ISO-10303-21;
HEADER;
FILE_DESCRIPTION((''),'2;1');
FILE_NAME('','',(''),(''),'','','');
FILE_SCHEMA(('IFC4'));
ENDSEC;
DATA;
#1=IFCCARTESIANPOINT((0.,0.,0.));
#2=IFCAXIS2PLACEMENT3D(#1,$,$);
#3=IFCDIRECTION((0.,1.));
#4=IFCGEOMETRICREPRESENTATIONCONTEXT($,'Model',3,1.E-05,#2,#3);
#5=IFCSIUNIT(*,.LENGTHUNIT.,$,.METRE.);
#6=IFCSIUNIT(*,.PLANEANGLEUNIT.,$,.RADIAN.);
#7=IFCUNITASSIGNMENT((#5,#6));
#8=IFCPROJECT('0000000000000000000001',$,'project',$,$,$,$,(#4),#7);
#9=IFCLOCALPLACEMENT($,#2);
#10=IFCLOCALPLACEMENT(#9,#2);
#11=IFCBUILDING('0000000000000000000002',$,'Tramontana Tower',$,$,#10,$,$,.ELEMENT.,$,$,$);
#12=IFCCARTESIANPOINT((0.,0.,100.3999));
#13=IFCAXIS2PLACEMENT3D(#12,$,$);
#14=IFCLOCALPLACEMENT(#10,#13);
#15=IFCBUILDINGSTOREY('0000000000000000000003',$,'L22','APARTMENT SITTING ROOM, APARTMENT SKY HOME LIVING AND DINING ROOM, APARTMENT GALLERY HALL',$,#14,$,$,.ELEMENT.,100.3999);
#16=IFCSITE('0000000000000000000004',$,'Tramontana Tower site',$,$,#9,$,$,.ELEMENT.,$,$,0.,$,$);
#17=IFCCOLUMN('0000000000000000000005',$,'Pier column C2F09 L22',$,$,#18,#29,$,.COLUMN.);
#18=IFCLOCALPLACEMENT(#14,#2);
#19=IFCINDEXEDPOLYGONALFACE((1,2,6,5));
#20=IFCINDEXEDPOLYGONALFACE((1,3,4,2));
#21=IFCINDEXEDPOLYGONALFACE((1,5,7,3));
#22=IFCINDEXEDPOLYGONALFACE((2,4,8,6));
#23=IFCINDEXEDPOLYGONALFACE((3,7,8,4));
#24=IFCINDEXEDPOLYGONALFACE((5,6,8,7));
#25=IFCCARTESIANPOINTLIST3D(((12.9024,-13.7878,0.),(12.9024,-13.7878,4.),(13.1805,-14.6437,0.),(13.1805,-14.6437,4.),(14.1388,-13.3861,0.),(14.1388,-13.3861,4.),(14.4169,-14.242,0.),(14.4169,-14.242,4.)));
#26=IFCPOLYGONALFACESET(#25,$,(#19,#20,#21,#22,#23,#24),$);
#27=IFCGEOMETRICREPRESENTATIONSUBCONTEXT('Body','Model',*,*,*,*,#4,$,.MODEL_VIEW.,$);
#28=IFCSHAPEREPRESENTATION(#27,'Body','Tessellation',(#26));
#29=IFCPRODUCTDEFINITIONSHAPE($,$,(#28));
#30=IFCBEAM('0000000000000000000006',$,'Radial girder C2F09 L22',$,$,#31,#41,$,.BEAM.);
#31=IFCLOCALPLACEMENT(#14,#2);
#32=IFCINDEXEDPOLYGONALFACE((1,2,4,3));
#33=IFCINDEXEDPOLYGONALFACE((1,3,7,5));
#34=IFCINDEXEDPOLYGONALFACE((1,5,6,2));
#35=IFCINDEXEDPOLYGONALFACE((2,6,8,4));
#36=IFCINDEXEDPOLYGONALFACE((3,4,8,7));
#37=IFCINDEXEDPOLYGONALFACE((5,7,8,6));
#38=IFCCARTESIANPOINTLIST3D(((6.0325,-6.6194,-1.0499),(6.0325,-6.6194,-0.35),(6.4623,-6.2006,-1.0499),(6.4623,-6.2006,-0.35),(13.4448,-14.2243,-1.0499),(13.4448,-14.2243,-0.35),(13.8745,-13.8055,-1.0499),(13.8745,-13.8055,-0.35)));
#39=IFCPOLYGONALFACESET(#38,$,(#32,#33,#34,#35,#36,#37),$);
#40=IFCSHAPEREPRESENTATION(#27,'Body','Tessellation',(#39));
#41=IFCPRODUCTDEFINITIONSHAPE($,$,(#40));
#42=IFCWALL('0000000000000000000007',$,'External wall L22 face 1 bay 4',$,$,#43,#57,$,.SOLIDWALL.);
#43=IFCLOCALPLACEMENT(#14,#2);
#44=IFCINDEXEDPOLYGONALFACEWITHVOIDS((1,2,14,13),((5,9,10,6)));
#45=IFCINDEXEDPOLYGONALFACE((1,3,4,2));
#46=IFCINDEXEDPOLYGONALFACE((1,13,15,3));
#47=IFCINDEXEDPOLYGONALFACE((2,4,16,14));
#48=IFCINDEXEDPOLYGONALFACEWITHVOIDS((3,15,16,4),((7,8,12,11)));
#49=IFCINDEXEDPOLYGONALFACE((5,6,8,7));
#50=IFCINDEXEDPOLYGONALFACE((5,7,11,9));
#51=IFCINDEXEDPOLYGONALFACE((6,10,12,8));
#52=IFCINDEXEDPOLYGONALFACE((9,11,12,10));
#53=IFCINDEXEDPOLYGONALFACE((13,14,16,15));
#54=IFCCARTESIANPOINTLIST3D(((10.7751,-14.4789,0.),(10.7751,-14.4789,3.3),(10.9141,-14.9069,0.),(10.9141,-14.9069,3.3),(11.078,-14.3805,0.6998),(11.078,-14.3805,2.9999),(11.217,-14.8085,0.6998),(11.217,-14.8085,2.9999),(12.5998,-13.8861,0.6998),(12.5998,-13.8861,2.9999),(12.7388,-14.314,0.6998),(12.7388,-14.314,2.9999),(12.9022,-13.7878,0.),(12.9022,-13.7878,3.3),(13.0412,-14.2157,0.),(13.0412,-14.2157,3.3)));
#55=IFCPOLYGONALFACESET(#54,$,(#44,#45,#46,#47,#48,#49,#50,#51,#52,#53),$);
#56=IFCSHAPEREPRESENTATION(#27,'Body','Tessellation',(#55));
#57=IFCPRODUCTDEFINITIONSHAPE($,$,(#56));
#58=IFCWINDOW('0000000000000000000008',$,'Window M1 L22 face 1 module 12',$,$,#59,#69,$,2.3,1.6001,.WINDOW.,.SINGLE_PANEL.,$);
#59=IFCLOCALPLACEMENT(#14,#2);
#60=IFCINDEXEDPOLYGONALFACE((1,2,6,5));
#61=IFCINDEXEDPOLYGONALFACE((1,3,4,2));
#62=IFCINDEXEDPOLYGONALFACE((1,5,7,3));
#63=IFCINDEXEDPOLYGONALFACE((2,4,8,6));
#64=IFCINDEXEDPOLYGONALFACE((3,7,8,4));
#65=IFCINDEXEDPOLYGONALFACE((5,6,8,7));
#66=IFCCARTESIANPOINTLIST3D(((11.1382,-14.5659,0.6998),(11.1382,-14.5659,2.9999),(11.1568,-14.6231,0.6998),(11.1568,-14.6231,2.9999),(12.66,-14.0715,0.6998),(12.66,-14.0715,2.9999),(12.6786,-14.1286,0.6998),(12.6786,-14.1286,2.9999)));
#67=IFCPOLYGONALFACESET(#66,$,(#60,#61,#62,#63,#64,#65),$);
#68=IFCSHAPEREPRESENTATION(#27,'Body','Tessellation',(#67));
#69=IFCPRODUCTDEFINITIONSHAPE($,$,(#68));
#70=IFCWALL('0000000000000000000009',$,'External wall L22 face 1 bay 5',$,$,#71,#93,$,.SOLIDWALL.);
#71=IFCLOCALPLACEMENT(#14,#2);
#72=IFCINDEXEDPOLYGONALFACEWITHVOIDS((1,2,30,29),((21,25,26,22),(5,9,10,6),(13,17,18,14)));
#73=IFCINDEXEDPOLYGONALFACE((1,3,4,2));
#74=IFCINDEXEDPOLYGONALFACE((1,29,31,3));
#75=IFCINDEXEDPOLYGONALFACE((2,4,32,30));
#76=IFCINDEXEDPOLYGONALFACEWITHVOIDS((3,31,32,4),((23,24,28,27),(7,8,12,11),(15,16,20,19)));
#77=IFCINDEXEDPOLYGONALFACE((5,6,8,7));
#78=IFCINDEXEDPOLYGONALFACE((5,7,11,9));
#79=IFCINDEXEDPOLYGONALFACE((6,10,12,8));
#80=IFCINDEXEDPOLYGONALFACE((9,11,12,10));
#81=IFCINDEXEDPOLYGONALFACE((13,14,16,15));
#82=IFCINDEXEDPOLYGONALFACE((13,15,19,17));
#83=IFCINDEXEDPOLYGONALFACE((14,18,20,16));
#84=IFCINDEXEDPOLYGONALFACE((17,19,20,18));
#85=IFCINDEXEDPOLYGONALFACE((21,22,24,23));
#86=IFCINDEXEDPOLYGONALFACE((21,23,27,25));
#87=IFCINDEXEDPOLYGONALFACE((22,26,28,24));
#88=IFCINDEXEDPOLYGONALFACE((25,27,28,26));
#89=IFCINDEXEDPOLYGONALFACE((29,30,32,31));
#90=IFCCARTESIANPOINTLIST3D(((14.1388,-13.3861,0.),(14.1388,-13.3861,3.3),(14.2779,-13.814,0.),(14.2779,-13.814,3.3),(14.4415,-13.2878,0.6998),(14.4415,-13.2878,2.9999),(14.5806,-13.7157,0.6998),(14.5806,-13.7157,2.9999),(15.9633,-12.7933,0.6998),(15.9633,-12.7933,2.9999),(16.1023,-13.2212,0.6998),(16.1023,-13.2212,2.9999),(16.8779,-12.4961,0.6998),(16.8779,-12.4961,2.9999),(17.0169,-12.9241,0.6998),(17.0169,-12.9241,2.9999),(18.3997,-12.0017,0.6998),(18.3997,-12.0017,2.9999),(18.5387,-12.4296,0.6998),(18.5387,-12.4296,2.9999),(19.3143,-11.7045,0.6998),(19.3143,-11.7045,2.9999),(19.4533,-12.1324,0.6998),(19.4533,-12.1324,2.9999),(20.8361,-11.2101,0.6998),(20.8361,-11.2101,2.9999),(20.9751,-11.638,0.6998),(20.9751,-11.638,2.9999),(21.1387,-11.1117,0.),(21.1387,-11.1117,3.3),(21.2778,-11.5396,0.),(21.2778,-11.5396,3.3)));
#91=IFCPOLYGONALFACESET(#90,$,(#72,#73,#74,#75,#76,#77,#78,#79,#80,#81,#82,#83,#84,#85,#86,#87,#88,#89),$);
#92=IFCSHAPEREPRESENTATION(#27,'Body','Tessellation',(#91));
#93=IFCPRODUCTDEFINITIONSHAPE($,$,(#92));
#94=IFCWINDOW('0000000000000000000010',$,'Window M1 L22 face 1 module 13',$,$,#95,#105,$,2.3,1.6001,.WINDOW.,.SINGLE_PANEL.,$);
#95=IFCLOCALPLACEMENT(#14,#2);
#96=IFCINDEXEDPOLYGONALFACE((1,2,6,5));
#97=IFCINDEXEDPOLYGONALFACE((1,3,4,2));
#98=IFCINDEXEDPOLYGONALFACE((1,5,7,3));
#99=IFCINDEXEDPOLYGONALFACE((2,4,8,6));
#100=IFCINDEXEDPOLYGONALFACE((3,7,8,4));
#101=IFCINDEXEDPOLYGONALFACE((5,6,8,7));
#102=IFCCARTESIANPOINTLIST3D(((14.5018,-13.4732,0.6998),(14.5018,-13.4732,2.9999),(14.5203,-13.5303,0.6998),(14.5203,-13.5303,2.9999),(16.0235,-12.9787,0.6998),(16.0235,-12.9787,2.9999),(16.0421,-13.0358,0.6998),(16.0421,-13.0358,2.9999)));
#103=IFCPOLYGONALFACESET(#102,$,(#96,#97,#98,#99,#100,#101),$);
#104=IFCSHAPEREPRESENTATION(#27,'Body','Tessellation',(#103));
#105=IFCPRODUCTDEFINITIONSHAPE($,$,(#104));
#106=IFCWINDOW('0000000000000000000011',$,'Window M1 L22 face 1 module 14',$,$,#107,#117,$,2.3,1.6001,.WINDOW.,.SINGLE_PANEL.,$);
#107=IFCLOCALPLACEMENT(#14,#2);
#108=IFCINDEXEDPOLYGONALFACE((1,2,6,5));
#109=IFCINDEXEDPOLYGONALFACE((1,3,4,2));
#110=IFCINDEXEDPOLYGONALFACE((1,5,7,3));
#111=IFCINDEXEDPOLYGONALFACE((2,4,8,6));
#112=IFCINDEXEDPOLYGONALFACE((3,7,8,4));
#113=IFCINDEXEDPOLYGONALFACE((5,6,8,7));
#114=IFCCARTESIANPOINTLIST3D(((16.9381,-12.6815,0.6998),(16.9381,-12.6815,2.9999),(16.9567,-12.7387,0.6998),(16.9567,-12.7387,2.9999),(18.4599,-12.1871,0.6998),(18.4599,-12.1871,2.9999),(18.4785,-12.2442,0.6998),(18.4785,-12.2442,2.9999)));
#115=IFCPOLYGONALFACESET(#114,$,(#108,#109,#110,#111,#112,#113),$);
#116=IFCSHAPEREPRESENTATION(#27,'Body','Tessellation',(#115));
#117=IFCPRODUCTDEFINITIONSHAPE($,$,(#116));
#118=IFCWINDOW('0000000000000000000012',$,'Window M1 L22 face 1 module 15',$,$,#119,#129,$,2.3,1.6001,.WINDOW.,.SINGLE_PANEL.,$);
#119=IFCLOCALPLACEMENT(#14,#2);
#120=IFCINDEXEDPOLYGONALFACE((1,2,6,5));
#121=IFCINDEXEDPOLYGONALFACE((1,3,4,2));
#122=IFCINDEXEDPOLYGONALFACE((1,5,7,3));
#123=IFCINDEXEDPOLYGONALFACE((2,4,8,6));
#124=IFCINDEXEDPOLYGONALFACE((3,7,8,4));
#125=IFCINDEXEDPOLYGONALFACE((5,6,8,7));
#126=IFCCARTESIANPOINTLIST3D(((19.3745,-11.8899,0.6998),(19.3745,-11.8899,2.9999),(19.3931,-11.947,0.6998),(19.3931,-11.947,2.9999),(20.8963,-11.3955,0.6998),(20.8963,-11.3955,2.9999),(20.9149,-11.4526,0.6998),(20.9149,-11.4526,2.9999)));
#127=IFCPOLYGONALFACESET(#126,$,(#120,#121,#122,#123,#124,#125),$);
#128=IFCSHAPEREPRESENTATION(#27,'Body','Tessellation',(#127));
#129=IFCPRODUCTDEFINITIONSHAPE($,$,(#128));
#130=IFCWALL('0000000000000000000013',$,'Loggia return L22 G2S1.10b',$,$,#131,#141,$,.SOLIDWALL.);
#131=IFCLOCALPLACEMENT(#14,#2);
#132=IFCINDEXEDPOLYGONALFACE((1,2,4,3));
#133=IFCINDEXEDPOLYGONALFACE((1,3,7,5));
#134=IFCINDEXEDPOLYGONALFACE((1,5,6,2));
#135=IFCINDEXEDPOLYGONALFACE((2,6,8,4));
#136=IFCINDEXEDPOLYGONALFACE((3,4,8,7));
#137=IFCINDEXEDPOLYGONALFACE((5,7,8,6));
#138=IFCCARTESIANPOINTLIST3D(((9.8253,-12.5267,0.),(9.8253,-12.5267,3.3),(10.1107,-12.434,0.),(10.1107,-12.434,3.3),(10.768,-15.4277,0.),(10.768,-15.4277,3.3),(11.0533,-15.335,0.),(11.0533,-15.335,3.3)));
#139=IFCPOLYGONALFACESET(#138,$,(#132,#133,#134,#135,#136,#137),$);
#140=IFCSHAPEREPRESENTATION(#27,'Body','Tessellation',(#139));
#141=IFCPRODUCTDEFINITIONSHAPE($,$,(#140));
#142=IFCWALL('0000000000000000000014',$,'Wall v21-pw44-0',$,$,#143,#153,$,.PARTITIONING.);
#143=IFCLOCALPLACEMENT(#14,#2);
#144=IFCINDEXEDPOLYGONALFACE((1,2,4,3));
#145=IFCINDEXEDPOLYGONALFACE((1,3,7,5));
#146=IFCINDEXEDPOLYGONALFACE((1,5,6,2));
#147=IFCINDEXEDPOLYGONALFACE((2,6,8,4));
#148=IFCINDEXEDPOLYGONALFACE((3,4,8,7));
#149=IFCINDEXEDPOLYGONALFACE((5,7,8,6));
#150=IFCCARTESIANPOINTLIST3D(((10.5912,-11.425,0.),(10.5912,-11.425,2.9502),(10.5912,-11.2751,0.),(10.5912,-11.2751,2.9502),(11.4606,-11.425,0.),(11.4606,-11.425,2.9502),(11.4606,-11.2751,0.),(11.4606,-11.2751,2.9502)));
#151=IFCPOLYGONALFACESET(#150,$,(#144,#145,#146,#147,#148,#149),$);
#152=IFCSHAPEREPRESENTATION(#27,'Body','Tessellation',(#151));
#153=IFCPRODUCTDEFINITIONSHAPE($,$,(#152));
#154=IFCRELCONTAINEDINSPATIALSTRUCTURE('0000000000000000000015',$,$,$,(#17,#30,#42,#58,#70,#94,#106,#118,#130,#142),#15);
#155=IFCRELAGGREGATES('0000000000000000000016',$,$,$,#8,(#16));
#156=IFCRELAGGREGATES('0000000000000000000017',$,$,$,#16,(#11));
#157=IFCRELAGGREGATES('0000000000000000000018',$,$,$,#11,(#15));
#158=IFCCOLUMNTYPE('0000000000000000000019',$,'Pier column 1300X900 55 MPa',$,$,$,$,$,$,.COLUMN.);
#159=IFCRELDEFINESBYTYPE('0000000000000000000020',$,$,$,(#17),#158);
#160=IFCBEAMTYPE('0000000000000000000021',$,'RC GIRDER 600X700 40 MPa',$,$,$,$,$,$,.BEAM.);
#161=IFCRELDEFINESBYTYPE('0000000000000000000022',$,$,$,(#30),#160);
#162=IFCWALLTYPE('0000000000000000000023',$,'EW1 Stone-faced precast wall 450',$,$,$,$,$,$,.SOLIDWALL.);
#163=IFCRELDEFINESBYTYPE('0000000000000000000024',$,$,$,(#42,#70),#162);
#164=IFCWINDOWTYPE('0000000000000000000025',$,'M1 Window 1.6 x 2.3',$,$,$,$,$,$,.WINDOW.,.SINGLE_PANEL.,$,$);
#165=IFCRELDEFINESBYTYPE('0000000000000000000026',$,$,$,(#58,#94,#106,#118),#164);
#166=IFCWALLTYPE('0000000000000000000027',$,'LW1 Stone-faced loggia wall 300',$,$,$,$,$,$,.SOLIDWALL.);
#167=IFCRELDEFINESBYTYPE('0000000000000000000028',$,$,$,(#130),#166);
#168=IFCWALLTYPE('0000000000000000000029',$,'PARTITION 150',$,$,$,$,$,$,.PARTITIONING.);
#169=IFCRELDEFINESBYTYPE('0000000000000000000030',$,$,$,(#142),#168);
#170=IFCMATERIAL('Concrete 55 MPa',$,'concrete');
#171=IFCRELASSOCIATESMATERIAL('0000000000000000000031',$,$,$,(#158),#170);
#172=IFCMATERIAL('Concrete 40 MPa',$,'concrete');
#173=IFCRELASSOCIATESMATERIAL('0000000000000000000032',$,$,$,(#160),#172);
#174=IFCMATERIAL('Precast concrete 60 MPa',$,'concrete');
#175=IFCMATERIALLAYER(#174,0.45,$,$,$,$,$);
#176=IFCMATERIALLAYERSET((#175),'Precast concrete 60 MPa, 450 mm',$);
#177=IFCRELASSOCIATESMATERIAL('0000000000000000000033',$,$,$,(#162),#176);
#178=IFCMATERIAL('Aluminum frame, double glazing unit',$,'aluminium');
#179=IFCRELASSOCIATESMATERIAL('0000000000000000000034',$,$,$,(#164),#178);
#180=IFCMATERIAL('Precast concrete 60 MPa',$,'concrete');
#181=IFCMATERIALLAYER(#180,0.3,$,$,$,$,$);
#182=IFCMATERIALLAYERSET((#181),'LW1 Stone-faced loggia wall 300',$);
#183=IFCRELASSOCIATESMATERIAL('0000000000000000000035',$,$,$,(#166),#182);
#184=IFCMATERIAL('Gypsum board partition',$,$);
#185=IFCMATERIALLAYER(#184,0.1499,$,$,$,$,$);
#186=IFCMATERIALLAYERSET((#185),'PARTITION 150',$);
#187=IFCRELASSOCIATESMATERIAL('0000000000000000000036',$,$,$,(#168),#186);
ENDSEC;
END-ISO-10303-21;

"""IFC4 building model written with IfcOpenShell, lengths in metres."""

from ifc_helpers import new_model, si_unit, direction, frame, frame_2d, origin, origin_2d, place, context, subcontext, project, spatial, rectangle, extrude, material, layer, layer_set, material_profile, profile_set, type_object, element, fill, save


model = new_model("IFC4")

# Units and contexts
model_context = context("Model", 3, precision=1e-05, world=origin(), true_north=direction((0.0, 1.0)))
body_context = subcontext(model_context, "Body", "Model", "MODEL_VIEW")
ifc_project = project(units=[si_unit("LENGTHUNIT", "METRE"), si_unit("PLANEANGLEUNIT", "RADIAN")], contexts=[model_context])

# Site, building, storey
site_placement = place(None, origin())
site = spatial("IfcSite", under=ifc_project, at=site_placement, Name="Tramontana Tower site", CompositionType="ELEMENT", RefElevation=0.0)
building_placement = place(site_placement, origin())
building = spatial("IfcBuilding", under=site, at=building_placement, Name="Tramontana Tower", CompositionType="ELEMENT")
storey_placement = place(building_placement, frame((0.0, 0.0, 100.3999)))
storey = spatial("IfcBuildingStorey", under=building, at=storey_placement, Name="L22", Description="APARTMENT SITTING ROOM, APARTMENT SKY HOME LIVING AND DINING ROOM, APARTMENT GALLERY HALL", CompositionType="ELEMENT", Elevation=100.3999)

# Column
ifc_material_1 = material(Name="Concrete 55 MPa", Category="concrete")
ifc_material_profile_1 = material_profile(ifc_material_1, rectangle(XDim=1.3, YDim=0.8999, at=origin_2d()), Name="Pier column 1300X900 55 MPa")
ifc_profile_set_1 = profile_set([ifc_material_profile_1], Name="Concrete 55 MPa")
column_type = type_object("IfcColumnType", Name="Pier column 1300X900 55 MPa", PredefinedType="COLUMN", material=ifc_profile_set_1)
column_placement = place(storey_placement, frame((13.6597, -14.0149, 0.0), z_axis=(0.0, 0.0, 1.0), x_axis=(0.951057, 0.309017, 0.0)))
element("IfcColumn", 1, at=column_placement, inside=storey, type_object=column_type, Name="Pier column C2F09 L22", PredefinedType="COLUMN", context=body_context, shape_type="SweptSolid", body=[
    extrude(rectangle(XDim=1.3, YDim=0.8999, at=origin_2d()), origin(), (0.0, 0.0, 1.0), 4.0),
])

# Beam
ifc_material_2 = material(Name="Concrete 40 MPa", Category="concrete")
ifc_material_profile_2 = material_profile(ifc_material_2, rectangle(XDim=0.6001, YDim=0.7, at=origin_2d()), Name="RC GIRDER 600X700 40 MPa")
ifc_profile_set_2 = profile_set([ifc_material_profile_2], Name="Concrete 40 MPa")
beam_type = type_object("IfcBeamType", Name="RC GIRDER 600X700 40 MPa", PredefinedType="BEAM", material=ifc_profile_set_2)
beam_placement = place(storey_placement, frame((13.6597, -14.0149, -0.7), z_axis=(-0.697979, 0.716118, 0.0), x_axis=(-0.716118, -0.697979, 0.0)))
element("IfcBeam", 2, at=beam_placement, inside=storey, type_object=beam_type, Name="Radial girder C2F09 L22", PredefinedType="BEAM", context=body_context, shape_type="SweptSolid", body=[
    extrude(rectangle(XDim=0.6001, YDim=0.7, at=origin_2d()), origin(), (0.0, 0.0, 1.0), 10.6196),
])

# Wall, opening, window
ifc_material_3 = material(Name="Precast concrete 60 MPa", Category="concrete")
ifc_layer_1 = layer(ifc_material_3, 0.45)
ifc_layer_set_1 = layer_set([ifc_layer_1], Name="Precast concrete 60 MPa, 450 mm")
wall_type_1 = type_object("IfcWallType", Name="EW1 Stone-faced precast wall 450", PredefinedType="SOLIDWALL", material=ifc_layer_set_1)
wall_1_placement = place(storey_placement, frame((10.8447, -14.6929, 0.0), z_axis=(0.0, 0.0, 1.0), x_axis=(0.951057, 0.309014, 0.0)))
wall_1 = element("IfcWall", 3, at=wall_1_placement, inside=storey, type_object=wall_type_1, Name="External wall L22 face 1 bay 4", PredefinedType="SOLIDWALL", context=body_context, shape_type="SweptSolid", body=[
    extrude(rectangle(XDim=2.2366, YDim=0.45, at=frame_2d((1.1182, 0.0))), origin(), (0.0, 0.0, 1.0), 3.3),
])
opening_1_placement = place(wall_1_placement, frame((0.3184, 0.0, 0.7)))
opening_1 = element("IfcOpeningElement", 4, at=opening_1_placement, cuts=wall_1, PredefinedType="OPENING", context=body_context, shape_type="SweptSolid", body=[
    extrude(rectangle(XDim=1.6001, YDim=2.3, at=frame_2d((0.8, 1.1499))), frame((0.0, 0.2349, 0.0), z_axis=(0.0, -1.0, 0.0), x_axis=(1.0, 0.0, 0.0)), (0.0, 0.0, 1.0), 0.47),
])
ifc_material_4 = material(Name="Aluminum frame, double glazing unit", Category="aluminium")
window_type = type_object("IfcWindowType", Name="M1 Window 1.6 x 2.3", PartitioningType="SINGLE_PANEL", PredefinedType="WINDOW", material=ifc_material_4)
window_1_placement = place(opening_1_placement, origin())
window_1 = element("IfcWindow", 5, at=window_1_placement, inside=storey, type_object=window_type, Name="Window M1 L22 face 1 module 12", OverallHeight=2.3, OverallWidth=1.6001, PartitioningType="SINGLE_PANEL", PredefinedType="WINDOW", context=body_context, shape_type="SweptSolid", body=[
    extrude(rectangle(XDim=1.6001, YDim=2.3, at=frame_2d((0.8, 1.1499))), frame((0.0, 0.03, 0.0), z_axis=(0.0, -1.0, 0.0), x_axis=(1.0, 0.0, 0.0)), (0.0, 0.0, 1.0), 0.0601),
])
fill(opening_1, window_1)

# Wall, openings, windows
wall_2_placement = place(storey_placement, frame((14.2083, -13.6001, 0.0), z_axis=(0.0, 0.0, 1.0), x_axis=(0.951057, 0.309014, 0.0)))
wall_2 = element("IfcWall", 6, at=wall_2_placement, inside=storey, type_object=wall_type_1, Name="External wall L22 face 1 bay 5", PredefinedType="SOLIDWALL", context=body_context, shape_type="SweptSolid", body=[
    extrude(rectangle(XDim=7.3601, YDim=0.45, at=frame_2d((3.6802, 0.0))), origin(), (0.0, 0.0, 1.0), 3.3),
])
opening_2_placement = place(wall_2_placement, frame((0.3184, 0.0, 0.7)))
opening_2 = element("IfcOpeningElement", 7, at=opening_2_placement, cuts=wall_2, PredefinedType="OPENING", context=body_context, shape_type="SweptSolid", body=[
    extrude(rectangle(XDim=1.6001, YDim=2.3, at=frame_2d((0.8, 1.1499))), frame((0.0, 0.2349, 0.0), z_axis=(0.0, -1.0, 0.0), x_axis=(1.0, 0.0, 0.0)), (0.0, 0.0, 1.0), 0.47),
])
opening_3_placement = place(wall_2_placement, frame((2.8801, 0.0, 0.7)))
opening_3 = element("IfcOpeningElement", 8, at=opening_3_placement, cuts=wall_2, PredefinedType="OPENING", context=body_context, shape_type="SweptSolid", body=[
    extrude(rectangle(XDim=1.6001, YDim=2.3, at=frame_2d((0.8, 1.1499))), frame((0.0, 0.2349, 0.0), z_axis=(0.0, -1.0, 0.0), x_axis=(1.0, 0.0, 0.0)), (0.0, 0.0, 1.0), 0.47),
])
opening_4_placement = place(wall_2_placement, frame((5.4419, 0.0, 0.7)))
opening_4 = element("IfcOpeningElement", 9, at=opening_4_placement, cuts=wall_2, PredefinedType="OPENING", context=body_context, shape_type="SweptSolid", body=[
    extrude(rectangle(XDim=1.6001, YDim=2.3, at=frame_2d((0.8, 1.1499))), frame((0.0, 0.2349, 0.0), z_axis=(0.0, -1.0, 0.0), x_axis=(1.0, 0.0, 0.0)), (0.0, 0.0, 1.0), 0.47),
])
window_2_placement = place(opening_2_placement, origin())
window_2 = element("IfcWindow", 10, at=window_2_placement, inside=storey, type_object=window_type, Name="Window M1 L22 face 1 module 13", OverallHeight=2.3, OverallWidth=1.6001, PartitioningType="SINGLE_PANEL", PredefinedType="WINDOW", context=body_context, shape_type="SweptSolid", body=[
    extrude(rectangle(XDim=1.6001, YDim=2.3, at=frame_2d((0.8, 1.1499))), frame((0.0, 0.03, 0.0), z_axis=(0.0, -1.0, 0.0), x_axis=(1.0, 0.0, 0.0)), (0.0, 0.0, 1.0), 0.0601),
])
fill(opening_2, window_2)
window_3_placement = place(opening_3_placement, origin())
window_3 = element("IfcWindow", 11, at=window_3_placement, inside=storey, type_object=window_type, Name="Window M1 L22 face 1 module 14", OverallHeight=2.3, OverallWidth=1.6001, PartitioningType="SINGLE_PANEL", PredefinedType="WINDOW", context=body_context, shape_type="SweptSolid", body=[
    extrude(rectangle(XDim=1.6001, YDim=2.3, at=frame_2d((0.8, 1.1499))), frame((0.0, 0.03, 0.0), z_axis=(0.0, -1.0, 0.0), x_axis=(1.0, 0.0, 0.0)), (0.0, 0.0, 1.0), 0.0601),
])
fill(opening_3, window_3)
window_4_placement = place(opening_4_placement, origin())
window_4 = element("IfcWindow", 12, at=window_4_placement, inside=storey, type_object=window_type, Name="Window M1 L22 face 1 module 15", OverallHeight=2.3, OverallWidth=1.6001, PartitioningType="SINGLE_PANEL", PredefinedType="WINDOW", context=body_context, shape_type="SweptSolid", body=[
    extrude(rectangle(XDim=1.6001, YDim=2.3, at=frame_2d((0.8, 1.1499))), frame((0.0, 0.03, 0.0), z_axis=(0.0, -1.0, 0.0), x_axis=(1.0, 0.0, 0.0)), (0.0, 0.0, 1.0), 0.0601),
])
fill(opening_4, window_4)

# Walls
ifc_material_5 = material(Name="Precast concrete 60 MPa", Category="concrete")
ifc_layer_2 = layer(ifc_material_5, 0.3)
ifc_layer_set_2 = layer_set([ifc_layer_2], Name="LW1 Stone-faced loggia wall 300")
wall_type_2 = type_object("IfcWallType", Name="LW1 Stone-faced loggia wall 300", PredefinedType="SOLIDWALL", material=ifc_layer_set_2)
wall_3_placement = place(storey_placement, frame((10.9106, -15.3813, 0.0), z_axis=(0.0, 0.0, 1.0), x_axis=(-0.309039, 0.951049, 0.0)))
element("IfcWall", 13, at=wall_3_placement, inside=storey, type_object=wall_type_2, Name="Loggia return L22 G2S1.10b", PredefinedType="SOLIDWALL", context=body_context, shape_type="SweptSolid", body=[
    extrude(rectangle(XDim=3.0503, YDim=0.3, at=frame_2d((1.5251, 0.0))), origin(), (0.0, 0.0, 1.0), 3.3),
])
ifc_material_6 = material(Name="Gypsum board partition")
ifc_layer_3 = layer(ifc_material_6, 0.1499)
ifc_layer_set_3 = layer_set([ifc_layer_3], Name="PARTITION 150")
wall_type_3 = type_object("IfcWallType", Name="PARTITION 150", PredefinedType="PARTITIONING", material=ifc_layer_set_3)
wall_4_placement = place(storey_placement, frame((11.4604, -11.3501, 0.0), z_axis=(0.0, 0.0, 1.0), x_axis=(-1.0, 0.0, 0.0)))
element("IfcWall", 14, at=wall_4_placement, inside=storey, type_object=wall_type_3, Name="Wall v21-pw44-0", PredefinedType="PARTITIONING", context=body_context, shape_type="SweptSolid", body=[
    extrude(rectangle(XDim=0.8694, YDim=0.1499, at=frame_2d((0.4346, 0.0))), origin(), (0.0, 0.0, 1.0), 2.9502),
])

save(model, "model.ifc")
